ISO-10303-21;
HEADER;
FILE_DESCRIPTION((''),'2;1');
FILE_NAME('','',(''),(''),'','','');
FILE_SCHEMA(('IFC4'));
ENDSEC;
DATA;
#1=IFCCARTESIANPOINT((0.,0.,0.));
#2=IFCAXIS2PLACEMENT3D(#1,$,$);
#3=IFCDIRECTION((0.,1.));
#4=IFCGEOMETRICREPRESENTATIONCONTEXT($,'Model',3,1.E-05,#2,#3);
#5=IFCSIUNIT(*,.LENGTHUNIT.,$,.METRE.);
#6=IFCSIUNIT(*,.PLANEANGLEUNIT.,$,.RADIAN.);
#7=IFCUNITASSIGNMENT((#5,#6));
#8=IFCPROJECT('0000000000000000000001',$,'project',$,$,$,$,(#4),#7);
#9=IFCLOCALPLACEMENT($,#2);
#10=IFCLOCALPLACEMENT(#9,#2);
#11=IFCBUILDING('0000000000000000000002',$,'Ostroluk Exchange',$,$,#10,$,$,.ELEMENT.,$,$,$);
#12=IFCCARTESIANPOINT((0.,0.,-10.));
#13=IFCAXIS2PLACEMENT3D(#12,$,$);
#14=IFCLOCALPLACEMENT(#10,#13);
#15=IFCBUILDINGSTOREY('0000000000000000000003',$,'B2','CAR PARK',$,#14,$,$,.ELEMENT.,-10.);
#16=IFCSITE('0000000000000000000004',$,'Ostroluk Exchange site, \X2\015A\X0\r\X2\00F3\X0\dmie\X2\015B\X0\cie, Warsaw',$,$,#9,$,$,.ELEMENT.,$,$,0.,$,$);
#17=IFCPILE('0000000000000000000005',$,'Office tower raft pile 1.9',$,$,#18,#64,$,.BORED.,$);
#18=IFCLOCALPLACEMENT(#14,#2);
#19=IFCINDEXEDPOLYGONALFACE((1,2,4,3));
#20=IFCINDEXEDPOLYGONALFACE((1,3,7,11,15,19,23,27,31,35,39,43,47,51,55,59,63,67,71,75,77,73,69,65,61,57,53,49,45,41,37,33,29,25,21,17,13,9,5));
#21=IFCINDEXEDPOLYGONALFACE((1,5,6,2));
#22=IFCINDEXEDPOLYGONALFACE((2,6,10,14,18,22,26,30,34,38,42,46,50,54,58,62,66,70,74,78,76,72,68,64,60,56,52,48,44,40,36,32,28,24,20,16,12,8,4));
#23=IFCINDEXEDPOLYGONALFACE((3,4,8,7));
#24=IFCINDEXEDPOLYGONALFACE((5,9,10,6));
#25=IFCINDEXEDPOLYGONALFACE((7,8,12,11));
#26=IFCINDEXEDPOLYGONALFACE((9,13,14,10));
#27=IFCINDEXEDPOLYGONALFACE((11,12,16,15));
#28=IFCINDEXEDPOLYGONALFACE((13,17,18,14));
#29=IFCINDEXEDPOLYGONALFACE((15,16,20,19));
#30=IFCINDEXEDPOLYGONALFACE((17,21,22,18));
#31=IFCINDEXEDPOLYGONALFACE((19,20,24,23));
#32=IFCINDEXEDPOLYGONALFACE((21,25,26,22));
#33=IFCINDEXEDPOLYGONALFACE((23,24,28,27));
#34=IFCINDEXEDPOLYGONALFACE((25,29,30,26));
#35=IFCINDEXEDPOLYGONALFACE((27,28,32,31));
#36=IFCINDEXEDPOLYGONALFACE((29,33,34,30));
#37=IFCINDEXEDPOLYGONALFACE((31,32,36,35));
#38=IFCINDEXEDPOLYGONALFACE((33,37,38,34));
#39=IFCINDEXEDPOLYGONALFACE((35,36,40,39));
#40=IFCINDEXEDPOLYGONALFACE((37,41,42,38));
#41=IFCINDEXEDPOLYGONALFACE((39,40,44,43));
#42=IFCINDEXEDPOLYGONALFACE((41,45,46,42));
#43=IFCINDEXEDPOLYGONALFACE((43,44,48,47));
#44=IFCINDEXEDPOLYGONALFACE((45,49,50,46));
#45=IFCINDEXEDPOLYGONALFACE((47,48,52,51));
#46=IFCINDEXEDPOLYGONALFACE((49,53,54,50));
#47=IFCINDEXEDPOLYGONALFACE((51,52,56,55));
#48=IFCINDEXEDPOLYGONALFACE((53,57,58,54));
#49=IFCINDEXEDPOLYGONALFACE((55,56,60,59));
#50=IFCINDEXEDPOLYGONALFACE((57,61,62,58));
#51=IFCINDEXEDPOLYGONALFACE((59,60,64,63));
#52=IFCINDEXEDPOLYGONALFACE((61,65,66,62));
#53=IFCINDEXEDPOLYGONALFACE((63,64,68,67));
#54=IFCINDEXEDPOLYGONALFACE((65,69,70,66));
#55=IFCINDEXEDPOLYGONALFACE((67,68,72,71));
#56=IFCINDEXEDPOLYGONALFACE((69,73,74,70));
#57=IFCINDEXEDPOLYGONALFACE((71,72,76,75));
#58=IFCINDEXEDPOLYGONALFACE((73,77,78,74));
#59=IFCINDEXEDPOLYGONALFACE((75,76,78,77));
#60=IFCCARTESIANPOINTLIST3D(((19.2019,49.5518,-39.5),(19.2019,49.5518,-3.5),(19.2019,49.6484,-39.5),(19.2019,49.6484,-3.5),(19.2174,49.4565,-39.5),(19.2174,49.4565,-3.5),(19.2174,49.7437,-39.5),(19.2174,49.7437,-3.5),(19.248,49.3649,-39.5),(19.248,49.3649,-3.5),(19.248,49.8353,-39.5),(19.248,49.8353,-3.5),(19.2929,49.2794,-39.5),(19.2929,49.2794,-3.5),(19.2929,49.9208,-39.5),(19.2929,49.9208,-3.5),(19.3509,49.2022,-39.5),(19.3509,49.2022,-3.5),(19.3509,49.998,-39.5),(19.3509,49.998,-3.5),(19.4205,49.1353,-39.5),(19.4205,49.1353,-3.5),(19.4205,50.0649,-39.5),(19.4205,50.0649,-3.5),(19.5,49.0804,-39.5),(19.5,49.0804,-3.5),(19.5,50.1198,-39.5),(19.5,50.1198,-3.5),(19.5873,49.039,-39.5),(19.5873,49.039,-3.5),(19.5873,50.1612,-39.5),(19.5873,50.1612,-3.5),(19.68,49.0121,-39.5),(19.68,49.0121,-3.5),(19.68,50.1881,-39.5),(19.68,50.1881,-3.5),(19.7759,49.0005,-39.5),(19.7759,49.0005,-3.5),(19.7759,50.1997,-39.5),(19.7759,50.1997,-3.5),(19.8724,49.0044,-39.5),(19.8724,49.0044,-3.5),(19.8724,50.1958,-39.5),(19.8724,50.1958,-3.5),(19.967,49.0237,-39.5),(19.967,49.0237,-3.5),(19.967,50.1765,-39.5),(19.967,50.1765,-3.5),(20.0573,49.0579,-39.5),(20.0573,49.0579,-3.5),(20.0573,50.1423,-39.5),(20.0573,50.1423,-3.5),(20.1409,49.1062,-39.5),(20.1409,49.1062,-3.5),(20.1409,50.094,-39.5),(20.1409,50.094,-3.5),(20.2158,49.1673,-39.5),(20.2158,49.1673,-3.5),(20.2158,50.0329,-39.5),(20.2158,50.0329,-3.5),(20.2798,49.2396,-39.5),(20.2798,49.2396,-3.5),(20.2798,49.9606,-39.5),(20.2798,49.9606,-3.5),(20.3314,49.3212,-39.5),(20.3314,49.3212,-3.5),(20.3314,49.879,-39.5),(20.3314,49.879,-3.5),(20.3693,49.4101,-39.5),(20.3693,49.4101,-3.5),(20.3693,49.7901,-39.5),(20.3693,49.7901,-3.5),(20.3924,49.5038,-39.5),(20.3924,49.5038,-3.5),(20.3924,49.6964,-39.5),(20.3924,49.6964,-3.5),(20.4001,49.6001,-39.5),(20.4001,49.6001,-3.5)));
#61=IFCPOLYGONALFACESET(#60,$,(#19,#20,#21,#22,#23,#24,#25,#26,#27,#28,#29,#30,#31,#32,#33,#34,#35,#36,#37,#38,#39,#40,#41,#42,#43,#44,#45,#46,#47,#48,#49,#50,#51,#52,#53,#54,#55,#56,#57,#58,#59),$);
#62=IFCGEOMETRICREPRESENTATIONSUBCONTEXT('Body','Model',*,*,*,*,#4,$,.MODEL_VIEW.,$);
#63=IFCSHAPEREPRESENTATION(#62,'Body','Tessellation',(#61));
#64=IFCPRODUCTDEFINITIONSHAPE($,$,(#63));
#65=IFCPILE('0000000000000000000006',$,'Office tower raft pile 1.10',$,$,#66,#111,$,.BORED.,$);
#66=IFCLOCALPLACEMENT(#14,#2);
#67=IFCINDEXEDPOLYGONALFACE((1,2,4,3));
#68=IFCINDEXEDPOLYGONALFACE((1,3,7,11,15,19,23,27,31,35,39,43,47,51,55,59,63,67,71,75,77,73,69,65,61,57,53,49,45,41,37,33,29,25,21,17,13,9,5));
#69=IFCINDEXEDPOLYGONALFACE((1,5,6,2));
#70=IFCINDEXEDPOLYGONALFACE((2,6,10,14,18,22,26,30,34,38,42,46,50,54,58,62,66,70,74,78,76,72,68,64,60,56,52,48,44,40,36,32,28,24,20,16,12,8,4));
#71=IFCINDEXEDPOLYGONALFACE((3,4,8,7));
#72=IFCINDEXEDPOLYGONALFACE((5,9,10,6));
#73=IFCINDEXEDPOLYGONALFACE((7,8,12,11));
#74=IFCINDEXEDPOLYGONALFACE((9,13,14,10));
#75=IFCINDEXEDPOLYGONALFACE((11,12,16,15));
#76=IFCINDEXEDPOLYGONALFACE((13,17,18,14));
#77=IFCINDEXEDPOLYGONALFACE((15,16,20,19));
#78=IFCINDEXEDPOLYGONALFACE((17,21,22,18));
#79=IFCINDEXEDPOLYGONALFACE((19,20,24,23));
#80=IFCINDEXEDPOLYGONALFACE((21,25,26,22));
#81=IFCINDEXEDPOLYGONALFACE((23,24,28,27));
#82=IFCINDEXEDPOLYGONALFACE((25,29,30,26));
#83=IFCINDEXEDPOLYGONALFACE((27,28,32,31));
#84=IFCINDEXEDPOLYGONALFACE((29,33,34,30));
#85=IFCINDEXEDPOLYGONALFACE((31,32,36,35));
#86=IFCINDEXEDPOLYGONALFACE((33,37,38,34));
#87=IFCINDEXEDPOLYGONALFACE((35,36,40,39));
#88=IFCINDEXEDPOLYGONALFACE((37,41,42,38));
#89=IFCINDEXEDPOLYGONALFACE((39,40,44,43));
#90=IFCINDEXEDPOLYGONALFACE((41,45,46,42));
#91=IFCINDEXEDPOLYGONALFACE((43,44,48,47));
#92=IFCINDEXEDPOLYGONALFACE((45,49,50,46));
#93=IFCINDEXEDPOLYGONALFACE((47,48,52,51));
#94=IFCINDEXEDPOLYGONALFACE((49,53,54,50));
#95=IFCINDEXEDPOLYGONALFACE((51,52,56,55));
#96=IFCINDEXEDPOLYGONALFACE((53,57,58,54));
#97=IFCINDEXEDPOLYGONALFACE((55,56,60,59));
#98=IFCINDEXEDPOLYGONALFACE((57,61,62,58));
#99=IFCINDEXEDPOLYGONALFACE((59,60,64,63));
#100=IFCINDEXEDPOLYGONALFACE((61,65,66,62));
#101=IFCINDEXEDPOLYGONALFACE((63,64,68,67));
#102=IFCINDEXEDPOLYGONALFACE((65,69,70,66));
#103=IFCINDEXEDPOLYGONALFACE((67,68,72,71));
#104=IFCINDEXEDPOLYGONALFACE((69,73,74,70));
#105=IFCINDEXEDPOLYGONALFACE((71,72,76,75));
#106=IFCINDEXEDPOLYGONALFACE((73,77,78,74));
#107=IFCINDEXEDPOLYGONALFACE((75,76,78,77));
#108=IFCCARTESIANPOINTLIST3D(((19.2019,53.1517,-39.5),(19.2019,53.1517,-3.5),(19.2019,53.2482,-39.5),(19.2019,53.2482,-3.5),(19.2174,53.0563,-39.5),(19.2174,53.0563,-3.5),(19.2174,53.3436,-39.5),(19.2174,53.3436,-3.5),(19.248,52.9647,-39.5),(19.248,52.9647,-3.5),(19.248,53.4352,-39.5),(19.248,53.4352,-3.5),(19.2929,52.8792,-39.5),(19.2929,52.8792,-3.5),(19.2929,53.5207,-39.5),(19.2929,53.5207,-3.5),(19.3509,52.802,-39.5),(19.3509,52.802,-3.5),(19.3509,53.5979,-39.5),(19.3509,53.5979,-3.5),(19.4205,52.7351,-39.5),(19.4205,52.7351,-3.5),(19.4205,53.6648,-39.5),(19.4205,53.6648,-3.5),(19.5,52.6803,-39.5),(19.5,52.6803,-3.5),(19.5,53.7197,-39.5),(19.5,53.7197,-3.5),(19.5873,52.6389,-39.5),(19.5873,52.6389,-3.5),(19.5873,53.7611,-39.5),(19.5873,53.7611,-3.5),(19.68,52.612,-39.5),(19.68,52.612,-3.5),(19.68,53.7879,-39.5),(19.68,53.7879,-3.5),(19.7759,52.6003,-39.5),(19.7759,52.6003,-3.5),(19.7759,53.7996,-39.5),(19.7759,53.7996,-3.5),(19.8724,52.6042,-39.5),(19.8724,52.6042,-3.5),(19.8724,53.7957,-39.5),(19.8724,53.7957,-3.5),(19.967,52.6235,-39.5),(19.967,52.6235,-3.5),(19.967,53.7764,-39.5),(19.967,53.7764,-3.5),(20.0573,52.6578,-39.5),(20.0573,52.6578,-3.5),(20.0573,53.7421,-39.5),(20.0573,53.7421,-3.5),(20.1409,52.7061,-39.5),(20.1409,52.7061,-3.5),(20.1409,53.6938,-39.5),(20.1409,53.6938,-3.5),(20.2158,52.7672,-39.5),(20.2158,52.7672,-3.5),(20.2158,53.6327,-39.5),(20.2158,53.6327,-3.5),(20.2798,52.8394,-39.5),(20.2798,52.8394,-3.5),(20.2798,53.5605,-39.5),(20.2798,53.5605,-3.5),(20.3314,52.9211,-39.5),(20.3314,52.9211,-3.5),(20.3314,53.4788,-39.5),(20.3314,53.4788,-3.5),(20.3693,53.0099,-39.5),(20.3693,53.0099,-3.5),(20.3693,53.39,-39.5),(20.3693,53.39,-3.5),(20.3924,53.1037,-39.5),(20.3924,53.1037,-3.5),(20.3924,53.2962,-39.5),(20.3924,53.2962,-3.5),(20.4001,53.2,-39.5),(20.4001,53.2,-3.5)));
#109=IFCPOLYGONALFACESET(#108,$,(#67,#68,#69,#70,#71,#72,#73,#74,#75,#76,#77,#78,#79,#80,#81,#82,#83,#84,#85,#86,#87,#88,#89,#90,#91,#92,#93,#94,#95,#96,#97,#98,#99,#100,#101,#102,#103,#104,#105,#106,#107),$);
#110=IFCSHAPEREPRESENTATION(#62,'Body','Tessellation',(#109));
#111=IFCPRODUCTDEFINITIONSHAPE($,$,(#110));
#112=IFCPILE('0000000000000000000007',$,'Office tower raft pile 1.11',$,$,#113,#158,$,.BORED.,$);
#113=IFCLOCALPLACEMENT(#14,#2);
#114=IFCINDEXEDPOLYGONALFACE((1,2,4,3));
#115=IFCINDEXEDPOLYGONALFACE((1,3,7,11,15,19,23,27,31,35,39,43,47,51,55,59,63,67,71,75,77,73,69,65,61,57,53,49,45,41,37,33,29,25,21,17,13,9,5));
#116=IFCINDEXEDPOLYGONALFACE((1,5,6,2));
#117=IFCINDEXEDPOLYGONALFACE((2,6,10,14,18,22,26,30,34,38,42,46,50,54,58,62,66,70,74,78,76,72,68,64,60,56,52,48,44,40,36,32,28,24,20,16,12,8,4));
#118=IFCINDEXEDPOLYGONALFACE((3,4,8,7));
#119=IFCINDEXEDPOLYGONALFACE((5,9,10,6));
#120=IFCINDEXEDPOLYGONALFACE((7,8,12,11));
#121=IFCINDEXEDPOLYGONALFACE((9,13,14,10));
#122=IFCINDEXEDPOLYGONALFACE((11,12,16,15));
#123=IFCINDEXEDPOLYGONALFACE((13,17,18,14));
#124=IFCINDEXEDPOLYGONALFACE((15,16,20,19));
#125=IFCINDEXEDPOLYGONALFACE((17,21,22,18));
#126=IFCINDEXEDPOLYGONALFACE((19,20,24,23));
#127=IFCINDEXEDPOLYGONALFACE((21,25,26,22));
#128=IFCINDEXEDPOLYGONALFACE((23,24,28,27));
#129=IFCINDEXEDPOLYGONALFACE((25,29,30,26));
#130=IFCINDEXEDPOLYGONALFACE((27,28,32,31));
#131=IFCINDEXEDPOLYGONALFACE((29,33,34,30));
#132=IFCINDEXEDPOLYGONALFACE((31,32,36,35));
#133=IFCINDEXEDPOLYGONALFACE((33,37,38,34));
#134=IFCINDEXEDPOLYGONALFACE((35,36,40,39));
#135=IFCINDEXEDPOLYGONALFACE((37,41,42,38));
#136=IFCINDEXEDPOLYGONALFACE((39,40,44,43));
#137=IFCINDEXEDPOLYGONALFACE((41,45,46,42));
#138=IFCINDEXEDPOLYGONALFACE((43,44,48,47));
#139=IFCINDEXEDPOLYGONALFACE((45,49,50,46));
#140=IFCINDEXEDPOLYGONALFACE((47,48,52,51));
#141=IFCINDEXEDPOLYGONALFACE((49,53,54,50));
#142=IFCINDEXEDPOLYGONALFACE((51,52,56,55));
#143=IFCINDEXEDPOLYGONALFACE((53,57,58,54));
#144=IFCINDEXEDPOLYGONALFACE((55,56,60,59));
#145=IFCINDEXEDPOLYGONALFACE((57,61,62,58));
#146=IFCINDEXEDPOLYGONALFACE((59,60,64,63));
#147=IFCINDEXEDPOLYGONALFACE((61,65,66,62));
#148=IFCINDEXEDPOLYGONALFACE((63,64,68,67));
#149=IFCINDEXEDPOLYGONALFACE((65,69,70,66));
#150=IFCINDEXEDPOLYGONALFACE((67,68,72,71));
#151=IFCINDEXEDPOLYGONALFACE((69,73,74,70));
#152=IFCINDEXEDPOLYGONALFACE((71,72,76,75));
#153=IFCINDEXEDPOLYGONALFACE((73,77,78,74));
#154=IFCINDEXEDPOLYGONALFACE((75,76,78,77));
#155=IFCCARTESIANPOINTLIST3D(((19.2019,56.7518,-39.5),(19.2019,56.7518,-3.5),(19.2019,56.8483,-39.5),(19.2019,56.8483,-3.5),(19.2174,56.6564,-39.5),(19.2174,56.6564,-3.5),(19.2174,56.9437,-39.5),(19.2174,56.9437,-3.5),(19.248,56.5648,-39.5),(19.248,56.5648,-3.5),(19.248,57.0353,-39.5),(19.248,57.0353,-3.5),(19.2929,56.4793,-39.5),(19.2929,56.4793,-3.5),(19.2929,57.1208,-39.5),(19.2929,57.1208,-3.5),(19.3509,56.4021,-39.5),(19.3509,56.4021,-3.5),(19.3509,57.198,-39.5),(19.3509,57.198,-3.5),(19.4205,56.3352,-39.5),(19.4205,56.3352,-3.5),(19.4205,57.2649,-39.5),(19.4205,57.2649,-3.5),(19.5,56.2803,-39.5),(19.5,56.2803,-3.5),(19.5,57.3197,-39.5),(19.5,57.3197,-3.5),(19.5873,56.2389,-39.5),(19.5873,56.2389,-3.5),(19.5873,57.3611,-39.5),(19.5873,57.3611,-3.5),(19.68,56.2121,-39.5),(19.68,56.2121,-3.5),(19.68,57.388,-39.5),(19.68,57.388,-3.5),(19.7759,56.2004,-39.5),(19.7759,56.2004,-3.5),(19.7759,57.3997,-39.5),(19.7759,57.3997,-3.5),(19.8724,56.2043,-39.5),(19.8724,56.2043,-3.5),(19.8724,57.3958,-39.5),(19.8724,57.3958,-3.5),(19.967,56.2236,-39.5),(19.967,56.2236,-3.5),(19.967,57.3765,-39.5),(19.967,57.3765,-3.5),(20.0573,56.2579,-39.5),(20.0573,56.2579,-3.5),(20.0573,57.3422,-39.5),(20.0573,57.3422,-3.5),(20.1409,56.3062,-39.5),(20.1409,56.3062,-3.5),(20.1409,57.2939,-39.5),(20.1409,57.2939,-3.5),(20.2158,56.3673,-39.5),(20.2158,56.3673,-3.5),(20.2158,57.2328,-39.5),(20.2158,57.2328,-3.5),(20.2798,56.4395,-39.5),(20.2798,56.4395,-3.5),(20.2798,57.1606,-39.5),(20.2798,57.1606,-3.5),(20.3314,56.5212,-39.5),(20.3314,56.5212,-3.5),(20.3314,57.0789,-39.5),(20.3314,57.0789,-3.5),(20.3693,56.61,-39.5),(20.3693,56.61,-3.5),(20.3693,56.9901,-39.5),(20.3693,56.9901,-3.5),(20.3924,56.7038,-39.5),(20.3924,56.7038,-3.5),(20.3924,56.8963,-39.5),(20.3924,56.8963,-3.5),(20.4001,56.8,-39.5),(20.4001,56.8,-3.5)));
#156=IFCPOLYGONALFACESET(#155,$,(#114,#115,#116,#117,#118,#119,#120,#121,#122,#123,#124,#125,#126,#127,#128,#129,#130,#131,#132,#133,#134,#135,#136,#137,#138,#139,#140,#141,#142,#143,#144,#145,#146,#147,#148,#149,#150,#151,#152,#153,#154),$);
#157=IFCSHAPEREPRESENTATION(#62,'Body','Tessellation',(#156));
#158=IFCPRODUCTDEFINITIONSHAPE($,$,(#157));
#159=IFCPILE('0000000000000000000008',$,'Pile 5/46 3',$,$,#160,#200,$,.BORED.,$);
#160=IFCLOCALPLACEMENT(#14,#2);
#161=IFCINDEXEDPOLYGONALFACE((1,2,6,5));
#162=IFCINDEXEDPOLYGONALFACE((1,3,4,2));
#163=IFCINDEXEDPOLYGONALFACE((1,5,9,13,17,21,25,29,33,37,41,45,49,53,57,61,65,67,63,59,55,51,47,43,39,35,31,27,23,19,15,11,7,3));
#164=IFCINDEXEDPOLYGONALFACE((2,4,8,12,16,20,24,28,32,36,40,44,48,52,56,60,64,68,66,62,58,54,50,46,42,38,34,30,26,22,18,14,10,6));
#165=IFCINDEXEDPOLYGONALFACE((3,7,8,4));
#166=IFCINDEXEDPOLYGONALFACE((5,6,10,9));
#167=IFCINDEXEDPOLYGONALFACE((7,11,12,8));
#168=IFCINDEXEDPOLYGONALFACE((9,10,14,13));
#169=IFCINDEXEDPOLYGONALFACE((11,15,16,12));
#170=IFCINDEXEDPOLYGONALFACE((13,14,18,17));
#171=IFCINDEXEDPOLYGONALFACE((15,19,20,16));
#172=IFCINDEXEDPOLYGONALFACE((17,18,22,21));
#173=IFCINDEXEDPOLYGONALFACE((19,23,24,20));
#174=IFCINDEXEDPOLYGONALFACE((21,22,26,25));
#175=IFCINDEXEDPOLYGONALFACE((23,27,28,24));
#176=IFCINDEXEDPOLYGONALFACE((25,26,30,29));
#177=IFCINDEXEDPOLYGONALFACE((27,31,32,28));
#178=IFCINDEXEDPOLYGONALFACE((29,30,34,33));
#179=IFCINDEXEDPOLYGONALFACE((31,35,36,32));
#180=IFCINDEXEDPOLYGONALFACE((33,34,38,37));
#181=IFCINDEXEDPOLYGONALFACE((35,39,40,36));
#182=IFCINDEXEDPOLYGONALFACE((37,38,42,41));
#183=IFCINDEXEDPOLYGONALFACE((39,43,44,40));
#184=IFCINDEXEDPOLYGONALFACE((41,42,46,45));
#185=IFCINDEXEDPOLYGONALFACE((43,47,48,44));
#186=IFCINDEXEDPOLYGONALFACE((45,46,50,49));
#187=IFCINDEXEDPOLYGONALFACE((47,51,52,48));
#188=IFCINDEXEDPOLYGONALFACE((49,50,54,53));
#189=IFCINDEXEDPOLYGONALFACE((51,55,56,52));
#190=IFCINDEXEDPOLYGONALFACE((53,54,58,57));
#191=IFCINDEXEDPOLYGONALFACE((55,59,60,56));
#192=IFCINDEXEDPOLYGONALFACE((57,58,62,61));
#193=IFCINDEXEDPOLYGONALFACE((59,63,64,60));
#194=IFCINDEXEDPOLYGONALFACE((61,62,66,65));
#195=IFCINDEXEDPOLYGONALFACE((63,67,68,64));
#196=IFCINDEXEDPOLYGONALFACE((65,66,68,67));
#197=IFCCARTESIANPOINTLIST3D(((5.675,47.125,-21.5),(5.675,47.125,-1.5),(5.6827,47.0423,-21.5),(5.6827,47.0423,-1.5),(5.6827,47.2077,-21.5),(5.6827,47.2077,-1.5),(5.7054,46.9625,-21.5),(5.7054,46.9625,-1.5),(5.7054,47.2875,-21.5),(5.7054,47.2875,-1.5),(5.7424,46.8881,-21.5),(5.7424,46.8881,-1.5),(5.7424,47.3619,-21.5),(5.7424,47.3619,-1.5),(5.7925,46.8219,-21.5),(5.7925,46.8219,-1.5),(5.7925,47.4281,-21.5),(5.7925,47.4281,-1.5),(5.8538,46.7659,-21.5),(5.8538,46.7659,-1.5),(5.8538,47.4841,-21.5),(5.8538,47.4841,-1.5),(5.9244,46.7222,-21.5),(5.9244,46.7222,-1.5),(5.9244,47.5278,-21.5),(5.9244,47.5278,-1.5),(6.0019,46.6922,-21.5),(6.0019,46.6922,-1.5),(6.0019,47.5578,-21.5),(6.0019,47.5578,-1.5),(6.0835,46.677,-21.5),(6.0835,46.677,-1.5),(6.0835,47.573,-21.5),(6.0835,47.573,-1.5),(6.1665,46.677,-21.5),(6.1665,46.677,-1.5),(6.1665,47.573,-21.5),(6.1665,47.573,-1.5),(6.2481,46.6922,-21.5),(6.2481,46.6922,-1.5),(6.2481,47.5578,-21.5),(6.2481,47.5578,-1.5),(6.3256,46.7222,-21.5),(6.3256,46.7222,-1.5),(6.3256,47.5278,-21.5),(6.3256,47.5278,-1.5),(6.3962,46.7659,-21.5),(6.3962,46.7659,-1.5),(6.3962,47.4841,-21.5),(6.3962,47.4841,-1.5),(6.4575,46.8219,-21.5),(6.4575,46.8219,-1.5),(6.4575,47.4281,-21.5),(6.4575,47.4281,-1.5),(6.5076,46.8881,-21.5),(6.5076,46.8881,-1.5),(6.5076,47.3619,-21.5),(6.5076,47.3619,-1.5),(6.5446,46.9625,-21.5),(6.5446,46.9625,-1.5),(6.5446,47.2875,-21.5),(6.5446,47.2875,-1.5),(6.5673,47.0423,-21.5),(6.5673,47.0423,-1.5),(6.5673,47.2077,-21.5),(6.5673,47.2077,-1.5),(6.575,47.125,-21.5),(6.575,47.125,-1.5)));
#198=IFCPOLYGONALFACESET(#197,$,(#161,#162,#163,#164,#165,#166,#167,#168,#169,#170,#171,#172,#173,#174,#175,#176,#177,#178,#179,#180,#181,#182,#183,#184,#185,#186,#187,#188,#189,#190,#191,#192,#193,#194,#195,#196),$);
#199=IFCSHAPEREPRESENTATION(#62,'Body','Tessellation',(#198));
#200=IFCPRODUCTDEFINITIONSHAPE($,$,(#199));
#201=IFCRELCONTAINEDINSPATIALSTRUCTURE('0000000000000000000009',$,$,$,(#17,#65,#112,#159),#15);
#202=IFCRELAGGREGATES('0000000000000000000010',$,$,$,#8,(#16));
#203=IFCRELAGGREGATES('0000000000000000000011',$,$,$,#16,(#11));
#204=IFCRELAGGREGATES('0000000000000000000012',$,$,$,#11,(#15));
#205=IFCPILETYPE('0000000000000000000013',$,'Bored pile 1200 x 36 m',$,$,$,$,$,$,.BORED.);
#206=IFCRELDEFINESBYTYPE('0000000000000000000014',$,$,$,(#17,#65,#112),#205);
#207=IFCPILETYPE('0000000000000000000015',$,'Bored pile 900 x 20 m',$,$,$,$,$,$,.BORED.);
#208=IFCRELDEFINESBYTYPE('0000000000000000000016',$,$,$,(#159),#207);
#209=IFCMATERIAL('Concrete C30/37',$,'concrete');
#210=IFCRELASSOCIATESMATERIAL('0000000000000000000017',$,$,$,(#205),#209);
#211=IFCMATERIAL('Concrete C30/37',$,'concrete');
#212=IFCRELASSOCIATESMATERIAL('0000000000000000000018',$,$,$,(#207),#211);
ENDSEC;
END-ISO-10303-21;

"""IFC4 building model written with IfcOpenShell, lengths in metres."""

from ifc_helpers import new_model, si_unit, direction, frame, origin, origin_2d, place, context, subcontext, project, spatial, circle, extrude, material, type_object, element, save


model = new_model("IFC4")

# Units and contexts
model_context = context("Model", 3, precision=1e-05, world=origin(), true_north=direction((0.0, 1.0)))
body_context = subcontext(model_context, "Body", "Model", "MODEL_VIEW")
ifc_project = project(units=[si_unit("LENGTHUNIT", "METRE"), si_unit("PLANEANGLEUNIT", "RADIAN")], contexts=[model_context])

# Site, building, storey
site_placement = place(None, origin())
site = spatial("IfcSite", under=ifc_project, at=site_placement, Name="Ostroluk Exchange site, Śródmieście, Warsaw", CompositionType="ELEMENT", RefElevation=0.0)
building_placement = place(site_placement, origin())
building = spatial("IfcBuilding", under=site, at=building_placement, Name="Ostroluk Exchange", CompositionType="ELEMENT")
storey_placement = place(building_placement, frame((0.0, 0.0, -10.0)))
storey = spatial("IfcBuildingStorey", under=building, at=storey_placement, Name="B2", Description="CAR PARK", CompositionType="ELEMENT", Elevation=-10.0)

# Piles
ifc_material_1 = material(Name="Concrete C30/37", Category="concrete")
pile_type_1 = type_object("IfcPileType", Name="Bored pile 1200 x 36 m", PredefinedType="BORED", material=ifc_material_1)
for number, where, z_axis, x_axis, name in (
    (1, (19.8, 49.6001, -3.5), (0.0, 0.0, -1.0), (1.0, 0.0, 0.0), "Office tower raft pile 1.9"),
    (2, (19.8, 53.2, -3.5), (0.0, 0.0, -1.0), (1.0, 0.0, 0.0), "Office tower raft pile 1.10"),
    (3, (19.8, 56.8, -3.5), (0.0, 0.0, -1.0), (1.0, 0.0, 0.0), "Office tower raft pile 1.11"),
):
    element("IfcPile", number, at=place(storey_placement, frame(where, z_axis=z_axis, x_axis=x_axis)), inside=storey, type_object=pile_type_1, Name=name, PredefinedType="BORED", context=body_context, shape_type="SweptSolid", body=[
        extrude(circle(Radius=0.6001, at=origin_2d()), origin(), (0.0, 0.0, 1.0), 36.0),
    ])
ifc_material_2 = material(Name="Concrete C30/37", Category="concrete")
pile_type_2 = type_object("IfcPileType", Name="Bored pile 900 x 20 m", PredefinedType="BORED", material=ifc_material_2)
for number, where, z_axis, x_axis, name in (
    (4, (6.125, 47.125, -1.5), (0.0, 0.0, -1.0), (1.0, 0.0, 0.0), "Pile 5/46 3"),
):
    element("IfcPile", number, at=place(storey_placement, frame(where, z_axis=z_axis, x_axis=x_axis)), inside=storey, type_object=pile_type_2, Name=name, PredefinedType="BORED", context=body_context, shape_type="SweptSolid", body=[
        extrude(circle(Radius=0.45, at=origin_2d()), origin(), (0.0, 0.0, 1.0), 20.0),
    ])

save(model, "model.ifc")
